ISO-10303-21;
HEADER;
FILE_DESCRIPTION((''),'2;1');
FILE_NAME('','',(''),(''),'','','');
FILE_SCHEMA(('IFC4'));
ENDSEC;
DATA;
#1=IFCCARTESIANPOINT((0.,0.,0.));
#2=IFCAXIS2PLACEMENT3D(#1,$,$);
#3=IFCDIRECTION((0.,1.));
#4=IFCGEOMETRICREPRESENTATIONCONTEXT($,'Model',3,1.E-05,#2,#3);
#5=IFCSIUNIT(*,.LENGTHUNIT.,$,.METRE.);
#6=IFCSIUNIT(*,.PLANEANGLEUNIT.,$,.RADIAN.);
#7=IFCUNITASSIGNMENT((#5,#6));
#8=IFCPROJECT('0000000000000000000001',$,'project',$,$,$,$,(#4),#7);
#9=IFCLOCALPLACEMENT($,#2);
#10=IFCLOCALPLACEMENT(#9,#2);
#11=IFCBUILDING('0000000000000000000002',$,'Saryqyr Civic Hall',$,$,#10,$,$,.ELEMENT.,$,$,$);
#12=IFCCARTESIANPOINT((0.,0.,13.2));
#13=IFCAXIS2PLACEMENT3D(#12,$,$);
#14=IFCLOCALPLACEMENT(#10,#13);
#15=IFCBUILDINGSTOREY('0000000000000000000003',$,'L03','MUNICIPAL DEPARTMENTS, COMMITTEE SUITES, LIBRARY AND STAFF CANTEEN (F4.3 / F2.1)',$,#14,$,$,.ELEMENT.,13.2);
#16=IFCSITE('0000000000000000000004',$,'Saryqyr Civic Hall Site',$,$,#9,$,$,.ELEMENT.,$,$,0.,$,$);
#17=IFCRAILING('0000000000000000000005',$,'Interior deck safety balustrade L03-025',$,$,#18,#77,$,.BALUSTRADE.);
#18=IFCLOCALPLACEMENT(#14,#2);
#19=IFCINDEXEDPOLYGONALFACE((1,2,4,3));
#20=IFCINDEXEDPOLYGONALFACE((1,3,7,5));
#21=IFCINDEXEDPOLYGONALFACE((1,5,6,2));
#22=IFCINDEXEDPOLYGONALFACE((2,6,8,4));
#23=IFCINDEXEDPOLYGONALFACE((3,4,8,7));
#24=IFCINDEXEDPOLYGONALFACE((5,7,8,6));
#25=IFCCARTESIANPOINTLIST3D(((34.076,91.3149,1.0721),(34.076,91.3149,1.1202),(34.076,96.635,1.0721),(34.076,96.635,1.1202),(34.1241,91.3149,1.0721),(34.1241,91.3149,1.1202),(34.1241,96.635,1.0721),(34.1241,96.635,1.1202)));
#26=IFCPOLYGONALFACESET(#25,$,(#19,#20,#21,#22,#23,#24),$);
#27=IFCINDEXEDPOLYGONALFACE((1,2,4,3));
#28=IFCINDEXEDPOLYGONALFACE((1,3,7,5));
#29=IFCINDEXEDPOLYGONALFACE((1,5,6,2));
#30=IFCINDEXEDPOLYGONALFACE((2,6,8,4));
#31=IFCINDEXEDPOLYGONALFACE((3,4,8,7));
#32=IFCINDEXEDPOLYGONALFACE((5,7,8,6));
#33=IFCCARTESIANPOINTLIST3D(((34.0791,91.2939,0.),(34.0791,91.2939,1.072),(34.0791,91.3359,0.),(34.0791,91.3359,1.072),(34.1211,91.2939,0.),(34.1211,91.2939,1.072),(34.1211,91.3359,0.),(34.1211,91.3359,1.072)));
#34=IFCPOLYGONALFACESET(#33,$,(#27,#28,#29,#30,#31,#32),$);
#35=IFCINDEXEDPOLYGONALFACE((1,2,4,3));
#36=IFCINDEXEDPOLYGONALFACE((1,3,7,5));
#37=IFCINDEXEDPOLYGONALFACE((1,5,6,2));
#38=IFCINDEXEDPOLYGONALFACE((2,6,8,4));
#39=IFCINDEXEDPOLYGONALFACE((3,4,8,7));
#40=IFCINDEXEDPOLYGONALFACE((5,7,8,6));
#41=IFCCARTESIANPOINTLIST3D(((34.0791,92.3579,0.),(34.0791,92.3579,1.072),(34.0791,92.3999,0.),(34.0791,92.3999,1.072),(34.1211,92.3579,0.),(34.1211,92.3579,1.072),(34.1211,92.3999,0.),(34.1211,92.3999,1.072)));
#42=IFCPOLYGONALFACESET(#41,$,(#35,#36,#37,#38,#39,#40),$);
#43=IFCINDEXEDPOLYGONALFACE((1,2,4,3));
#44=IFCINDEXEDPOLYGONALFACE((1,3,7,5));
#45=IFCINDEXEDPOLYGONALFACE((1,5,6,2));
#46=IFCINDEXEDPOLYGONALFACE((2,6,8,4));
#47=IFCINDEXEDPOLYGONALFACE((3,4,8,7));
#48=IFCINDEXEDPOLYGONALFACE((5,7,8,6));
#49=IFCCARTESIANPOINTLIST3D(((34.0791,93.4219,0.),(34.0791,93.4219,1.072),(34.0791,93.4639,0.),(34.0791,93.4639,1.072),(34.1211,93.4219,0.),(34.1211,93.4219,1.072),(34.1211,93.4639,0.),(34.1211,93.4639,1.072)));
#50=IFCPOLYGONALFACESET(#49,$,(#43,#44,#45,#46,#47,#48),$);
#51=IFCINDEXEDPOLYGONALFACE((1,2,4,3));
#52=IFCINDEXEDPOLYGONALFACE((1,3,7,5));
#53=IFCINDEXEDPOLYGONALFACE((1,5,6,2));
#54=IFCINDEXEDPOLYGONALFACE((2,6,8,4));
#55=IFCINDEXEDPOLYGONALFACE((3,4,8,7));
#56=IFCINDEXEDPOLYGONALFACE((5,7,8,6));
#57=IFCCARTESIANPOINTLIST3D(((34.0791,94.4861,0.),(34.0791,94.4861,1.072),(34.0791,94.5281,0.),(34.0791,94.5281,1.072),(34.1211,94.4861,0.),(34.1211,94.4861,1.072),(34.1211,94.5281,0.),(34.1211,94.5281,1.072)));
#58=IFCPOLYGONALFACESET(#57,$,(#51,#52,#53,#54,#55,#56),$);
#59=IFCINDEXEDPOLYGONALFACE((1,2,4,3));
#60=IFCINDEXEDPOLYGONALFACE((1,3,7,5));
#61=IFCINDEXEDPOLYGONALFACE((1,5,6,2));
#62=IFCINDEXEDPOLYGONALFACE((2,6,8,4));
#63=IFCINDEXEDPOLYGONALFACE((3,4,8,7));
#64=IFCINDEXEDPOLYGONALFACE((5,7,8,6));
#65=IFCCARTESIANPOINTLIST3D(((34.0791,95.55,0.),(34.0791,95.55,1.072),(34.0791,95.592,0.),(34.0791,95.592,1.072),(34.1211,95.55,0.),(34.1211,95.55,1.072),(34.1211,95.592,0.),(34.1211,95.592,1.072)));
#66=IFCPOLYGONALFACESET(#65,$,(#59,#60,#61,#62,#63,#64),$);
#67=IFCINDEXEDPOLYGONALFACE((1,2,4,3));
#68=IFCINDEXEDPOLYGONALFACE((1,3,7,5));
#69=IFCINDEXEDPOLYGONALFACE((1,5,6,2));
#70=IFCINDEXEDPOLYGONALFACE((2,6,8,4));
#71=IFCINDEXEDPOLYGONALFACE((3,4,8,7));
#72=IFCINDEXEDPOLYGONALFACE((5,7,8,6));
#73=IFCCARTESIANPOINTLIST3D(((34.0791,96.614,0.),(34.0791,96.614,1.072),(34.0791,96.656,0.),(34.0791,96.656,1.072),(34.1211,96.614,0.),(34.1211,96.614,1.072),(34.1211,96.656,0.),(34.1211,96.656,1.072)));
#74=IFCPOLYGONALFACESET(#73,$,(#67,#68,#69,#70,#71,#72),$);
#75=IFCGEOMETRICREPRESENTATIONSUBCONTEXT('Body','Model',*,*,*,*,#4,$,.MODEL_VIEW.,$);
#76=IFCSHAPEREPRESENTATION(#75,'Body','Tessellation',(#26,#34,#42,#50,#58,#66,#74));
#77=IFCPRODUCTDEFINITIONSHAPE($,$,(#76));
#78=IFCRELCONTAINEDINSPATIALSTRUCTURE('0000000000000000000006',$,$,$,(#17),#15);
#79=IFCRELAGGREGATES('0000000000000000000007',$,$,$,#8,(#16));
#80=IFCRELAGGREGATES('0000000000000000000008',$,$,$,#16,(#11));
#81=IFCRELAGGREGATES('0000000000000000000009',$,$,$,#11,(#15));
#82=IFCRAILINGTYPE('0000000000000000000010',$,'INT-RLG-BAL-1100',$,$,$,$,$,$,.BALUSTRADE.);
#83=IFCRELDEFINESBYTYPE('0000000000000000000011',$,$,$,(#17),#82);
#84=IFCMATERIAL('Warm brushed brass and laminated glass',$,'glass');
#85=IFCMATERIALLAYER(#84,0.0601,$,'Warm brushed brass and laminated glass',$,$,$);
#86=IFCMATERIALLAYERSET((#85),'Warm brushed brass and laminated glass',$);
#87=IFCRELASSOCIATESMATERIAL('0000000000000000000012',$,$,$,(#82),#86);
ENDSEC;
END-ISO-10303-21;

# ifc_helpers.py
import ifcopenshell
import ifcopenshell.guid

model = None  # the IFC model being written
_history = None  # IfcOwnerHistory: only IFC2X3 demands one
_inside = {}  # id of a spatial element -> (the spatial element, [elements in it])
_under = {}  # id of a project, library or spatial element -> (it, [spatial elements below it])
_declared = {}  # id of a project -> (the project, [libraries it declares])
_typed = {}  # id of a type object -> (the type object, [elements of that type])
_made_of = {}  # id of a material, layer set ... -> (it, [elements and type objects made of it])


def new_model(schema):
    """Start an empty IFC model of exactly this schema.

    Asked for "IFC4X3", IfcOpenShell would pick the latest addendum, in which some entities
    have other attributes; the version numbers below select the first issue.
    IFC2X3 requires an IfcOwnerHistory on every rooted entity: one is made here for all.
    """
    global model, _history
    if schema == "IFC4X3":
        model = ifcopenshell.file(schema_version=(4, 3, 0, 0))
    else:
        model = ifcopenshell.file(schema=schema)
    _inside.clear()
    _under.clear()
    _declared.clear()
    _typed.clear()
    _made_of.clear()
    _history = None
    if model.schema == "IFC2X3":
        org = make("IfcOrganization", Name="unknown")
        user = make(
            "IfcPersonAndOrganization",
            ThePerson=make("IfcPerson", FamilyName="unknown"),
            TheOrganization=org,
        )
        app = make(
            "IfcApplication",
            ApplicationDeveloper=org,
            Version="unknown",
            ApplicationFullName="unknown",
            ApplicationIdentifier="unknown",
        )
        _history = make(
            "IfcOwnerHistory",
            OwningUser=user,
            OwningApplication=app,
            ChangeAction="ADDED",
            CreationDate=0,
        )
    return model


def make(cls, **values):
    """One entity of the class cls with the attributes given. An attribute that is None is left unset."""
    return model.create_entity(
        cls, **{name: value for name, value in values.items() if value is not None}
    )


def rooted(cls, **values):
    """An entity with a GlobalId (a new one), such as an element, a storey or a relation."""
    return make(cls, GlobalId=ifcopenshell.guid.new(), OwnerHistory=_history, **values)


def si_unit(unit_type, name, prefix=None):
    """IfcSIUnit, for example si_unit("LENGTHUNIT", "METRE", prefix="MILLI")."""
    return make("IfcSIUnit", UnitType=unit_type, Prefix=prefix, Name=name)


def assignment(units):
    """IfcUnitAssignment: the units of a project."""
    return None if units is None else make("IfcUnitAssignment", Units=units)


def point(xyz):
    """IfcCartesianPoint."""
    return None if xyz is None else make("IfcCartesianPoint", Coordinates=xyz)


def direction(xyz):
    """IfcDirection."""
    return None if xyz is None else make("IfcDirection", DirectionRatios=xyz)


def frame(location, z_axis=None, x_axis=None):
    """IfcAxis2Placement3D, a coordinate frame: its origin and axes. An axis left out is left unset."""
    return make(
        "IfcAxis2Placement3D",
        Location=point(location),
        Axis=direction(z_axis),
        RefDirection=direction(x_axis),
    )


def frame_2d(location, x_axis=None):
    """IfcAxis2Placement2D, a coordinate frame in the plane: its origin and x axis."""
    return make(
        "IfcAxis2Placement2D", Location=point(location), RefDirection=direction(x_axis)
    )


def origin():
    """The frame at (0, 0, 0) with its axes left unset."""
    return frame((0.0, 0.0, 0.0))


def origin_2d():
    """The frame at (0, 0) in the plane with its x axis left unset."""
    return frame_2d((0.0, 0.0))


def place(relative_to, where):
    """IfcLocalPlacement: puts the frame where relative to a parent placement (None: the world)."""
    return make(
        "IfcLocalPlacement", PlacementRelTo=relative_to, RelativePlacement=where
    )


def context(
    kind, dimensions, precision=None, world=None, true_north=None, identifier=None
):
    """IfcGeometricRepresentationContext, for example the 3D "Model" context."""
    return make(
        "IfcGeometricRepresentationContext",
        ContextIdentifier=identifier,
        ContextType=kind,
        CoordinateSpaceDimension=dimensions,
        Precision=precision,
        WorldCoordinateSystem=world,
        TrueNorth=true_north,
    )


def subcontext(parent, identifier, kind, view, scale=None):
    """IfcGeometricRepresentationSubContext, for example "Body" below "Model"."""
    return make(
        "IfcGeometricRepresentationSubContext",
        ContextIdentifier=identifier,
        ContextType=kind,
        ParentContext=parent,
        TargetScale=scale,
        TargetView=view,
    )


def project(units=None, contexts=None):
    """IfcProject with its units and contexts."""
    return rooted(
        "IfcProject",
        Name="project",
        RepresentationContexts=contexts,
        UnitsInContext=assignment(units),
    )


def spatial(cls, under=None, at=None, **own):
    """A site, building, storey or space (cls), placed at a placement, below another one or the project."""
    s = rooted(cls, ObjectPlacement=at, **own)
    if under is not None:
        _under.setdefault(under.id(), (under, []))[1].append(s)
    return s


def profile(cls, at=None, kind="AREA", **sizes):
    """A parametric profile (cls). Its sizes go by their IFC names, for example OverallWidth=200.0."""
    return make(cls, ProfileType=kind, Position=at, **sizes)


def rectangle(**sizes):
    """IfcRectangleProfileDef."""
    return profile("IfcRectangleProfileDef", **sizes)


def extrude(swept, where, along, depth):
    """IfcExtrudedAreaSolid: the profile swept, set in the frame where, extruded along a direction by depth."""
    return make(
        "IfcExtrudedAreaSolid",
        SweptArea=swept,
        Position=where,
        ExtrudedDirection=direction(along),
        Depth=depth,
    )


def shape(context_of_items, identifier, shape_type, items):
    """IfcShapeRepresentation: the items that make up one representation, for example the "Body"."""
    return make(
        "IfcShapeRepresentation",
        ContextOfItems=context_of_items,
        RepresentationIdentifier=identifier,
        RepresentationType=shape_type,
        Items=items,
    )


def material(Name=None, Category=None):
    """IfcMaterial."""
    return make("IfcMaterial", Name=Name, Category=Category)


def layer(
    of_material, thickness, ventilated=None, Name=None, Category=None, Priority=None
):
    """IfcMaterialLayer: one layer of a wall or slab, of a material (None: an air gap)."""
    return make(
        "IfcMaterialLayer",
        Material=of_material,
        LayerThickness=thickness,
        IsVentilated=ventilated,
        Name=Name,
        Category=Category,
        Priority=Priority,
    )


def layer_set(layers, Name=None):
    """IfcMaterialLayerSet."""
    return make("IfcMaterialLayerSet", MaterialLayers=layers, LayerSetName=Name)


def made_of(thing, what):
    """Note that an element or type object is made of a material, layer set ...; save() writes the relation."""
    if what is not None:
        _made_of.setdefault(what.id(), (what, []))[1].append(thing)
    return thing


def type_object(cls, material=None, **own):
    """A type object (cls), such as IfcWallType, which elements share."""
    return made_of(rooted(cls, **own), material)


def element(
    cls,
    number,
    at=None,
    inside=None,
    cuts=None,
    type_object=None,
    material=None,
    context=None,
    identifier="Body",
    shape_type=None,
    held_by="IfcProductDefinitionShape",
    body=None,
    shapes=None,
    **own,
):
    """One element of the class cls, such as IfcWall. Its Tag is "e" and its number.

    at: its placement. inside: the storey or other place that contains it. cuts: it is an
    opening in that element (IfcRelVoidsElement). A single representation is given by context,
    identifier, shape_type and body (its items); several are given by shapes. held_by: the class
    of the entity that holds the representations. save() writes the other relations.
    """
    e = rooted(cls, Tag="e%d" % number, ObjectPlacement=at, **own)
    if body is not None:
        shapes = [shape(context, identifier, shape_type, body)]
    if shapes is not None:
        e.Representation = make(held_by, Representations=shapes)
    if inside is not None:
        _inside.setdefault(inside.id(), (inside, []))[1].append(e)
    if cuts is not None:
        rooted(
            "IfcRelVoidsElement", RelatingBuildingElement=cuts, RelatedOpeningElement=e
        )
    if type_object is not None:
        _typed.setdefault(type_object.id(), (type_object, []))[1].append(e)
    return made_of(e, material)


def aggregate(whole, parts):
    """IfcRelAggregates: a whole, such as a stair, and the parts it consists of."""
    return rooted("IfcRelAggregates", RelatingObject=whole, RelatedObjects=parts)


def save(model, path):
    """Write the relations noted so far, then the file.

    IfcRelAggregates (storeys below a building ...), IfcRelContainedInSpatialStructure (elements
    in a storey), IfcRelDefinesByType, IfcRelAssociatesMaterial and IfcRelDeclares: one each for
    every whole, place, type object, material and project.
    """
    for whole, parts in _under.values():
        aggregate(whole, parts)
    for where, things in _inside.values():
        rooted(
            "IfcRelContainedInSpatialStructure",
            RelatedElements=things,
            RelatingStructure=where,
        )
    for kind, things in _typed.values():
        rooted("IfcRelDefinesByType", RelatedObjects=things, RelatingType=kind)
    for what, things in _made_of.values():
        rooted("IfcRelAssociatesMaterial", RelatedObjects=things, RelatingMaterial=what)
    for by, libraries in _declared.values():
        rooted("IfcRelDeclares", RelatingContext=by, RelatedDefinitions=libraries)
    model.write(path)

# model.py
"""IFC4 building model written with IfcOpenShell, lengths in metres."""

from ifc_helpers import new_model, si_unit, direction, frame, origin, origin_2d, place, context, subcontext, project, spatial, rectangle, extrude, material, layer, layer_set, type_object, element, save


model = new_model("IFC4")

# Units and contexts
model_context = context("Model", 3, precision=1e-05, world=origin(), true_north=direction((0.0, 1.0)))
body_context = subcontext(model_context, "Body", "Model", "MODEL_VIEW")
ifc_project = project(units=[si_unit("LENGTHUNIT", "METRE"), si_unit("PLANEANGLEUNIT", "RADIAN")], contexts=[model_context])

# Site, building, storey
site_placement = place(None, origin())
site = spatial("IfcSite", under=ifc_project, at=site_placement, Name="Saryqyr Civic Hall Site", CompositionType="ELEMENT", RefElevation=0.0)
building_placement = place(site_placement, origin())
building = spatial("IfcBuilding", under=site, at=building_placement, Name="Saryqyr Civic Hall", CompositionType="ELEMENT")
storey_placement = place(building_placement, frame((0.0, 0.0, 13.2)))
storey = spatial("IfcBuildingStorey", under=building, at=storey_placement, Name="L03", Description="MUNICIPAL DEPARTMENTS, COMMITTEE SUITES, LIBRARY AND STAFF CANTEEN (F4.3 / F2.1)", CompositionType="ELEMENT", Elevation=13.2)

# Railing
ifc_material_1 = material(Name="Warm brushed brass and laminated glass", Category="glass")
ifc_layer_1 = layer(ifc_material_1, 0.0601, Name="Warm brushed brass and laminated glass")
ifc_layer_set_1 = layer_set([ifc_layer_1], Name="Warm brushed brass and laminated glass")
railing_type = type_object("IfcRailingType", Name="INT-RLG-BAL-1100", PredefinedType="BALUSTRADE", material=ifc_layer_set_1)
railing_placement = place(storey_placement, frame((34.1001, 91.3149, 0.0)))
element("IfcRailing", 1, at=railing_placement, inside=storey, type_object=railing_type, Name="Interior deck safety balustrade L03-025", PredefinedType="BALUSTRADE", context=body_context, shape_type="SweptSolid", body=[
    extrude(rectangle(XDim=0.0481, YDim=0.0481, at=origin_2d()), frame((0.0, 0.0, 1.0962), z_axis=(0.0, 1.0, 0.0), x_axis=(-1.0, 0.0, 0.0)), (0.0, 0.0, 1.0), 5.3201),
    extrude(rectangle(XDim=0.042, YDim=0.042, at=origin_2d()), origin(), (0.0, 0.0, 1.0), 1.072),
    extrude(rectangle(XDim=0.042, YDim=0.042, at=origin_2d()), frame((0.0, 1.064, 0.0)), (0.0, 0.0, 1.0), 1.072),
    extrude(rectangle(XDim=0.042, YDim=0.042, at=origin_2d()), frame((0.0, 2.1279, 0.0)), (0.0, 0.0, 1.0), 1.072),
    extrude(rectangle(XDim=0.042, YDim=0.042, at=origin_2d()), frame((0.0, 3.1921, 0.0)), (0.0, 0.0, 1.0), 1.072),
    extrude(rectangle(XDim=0.042, YDim=0.042, at=origin_2d()), frame((0.0, 4.2561, 0.0)), (0.0, 0.0, 1.0), 1.072),
    extrude(rectangle(XDim=0.042, YDim=0.042, at=origin_2d()), frame((0.0, 5.3201, 0.0)), (0.0, 0.0, 1.0), 1.072),
])

save(model, "model.ifc")
